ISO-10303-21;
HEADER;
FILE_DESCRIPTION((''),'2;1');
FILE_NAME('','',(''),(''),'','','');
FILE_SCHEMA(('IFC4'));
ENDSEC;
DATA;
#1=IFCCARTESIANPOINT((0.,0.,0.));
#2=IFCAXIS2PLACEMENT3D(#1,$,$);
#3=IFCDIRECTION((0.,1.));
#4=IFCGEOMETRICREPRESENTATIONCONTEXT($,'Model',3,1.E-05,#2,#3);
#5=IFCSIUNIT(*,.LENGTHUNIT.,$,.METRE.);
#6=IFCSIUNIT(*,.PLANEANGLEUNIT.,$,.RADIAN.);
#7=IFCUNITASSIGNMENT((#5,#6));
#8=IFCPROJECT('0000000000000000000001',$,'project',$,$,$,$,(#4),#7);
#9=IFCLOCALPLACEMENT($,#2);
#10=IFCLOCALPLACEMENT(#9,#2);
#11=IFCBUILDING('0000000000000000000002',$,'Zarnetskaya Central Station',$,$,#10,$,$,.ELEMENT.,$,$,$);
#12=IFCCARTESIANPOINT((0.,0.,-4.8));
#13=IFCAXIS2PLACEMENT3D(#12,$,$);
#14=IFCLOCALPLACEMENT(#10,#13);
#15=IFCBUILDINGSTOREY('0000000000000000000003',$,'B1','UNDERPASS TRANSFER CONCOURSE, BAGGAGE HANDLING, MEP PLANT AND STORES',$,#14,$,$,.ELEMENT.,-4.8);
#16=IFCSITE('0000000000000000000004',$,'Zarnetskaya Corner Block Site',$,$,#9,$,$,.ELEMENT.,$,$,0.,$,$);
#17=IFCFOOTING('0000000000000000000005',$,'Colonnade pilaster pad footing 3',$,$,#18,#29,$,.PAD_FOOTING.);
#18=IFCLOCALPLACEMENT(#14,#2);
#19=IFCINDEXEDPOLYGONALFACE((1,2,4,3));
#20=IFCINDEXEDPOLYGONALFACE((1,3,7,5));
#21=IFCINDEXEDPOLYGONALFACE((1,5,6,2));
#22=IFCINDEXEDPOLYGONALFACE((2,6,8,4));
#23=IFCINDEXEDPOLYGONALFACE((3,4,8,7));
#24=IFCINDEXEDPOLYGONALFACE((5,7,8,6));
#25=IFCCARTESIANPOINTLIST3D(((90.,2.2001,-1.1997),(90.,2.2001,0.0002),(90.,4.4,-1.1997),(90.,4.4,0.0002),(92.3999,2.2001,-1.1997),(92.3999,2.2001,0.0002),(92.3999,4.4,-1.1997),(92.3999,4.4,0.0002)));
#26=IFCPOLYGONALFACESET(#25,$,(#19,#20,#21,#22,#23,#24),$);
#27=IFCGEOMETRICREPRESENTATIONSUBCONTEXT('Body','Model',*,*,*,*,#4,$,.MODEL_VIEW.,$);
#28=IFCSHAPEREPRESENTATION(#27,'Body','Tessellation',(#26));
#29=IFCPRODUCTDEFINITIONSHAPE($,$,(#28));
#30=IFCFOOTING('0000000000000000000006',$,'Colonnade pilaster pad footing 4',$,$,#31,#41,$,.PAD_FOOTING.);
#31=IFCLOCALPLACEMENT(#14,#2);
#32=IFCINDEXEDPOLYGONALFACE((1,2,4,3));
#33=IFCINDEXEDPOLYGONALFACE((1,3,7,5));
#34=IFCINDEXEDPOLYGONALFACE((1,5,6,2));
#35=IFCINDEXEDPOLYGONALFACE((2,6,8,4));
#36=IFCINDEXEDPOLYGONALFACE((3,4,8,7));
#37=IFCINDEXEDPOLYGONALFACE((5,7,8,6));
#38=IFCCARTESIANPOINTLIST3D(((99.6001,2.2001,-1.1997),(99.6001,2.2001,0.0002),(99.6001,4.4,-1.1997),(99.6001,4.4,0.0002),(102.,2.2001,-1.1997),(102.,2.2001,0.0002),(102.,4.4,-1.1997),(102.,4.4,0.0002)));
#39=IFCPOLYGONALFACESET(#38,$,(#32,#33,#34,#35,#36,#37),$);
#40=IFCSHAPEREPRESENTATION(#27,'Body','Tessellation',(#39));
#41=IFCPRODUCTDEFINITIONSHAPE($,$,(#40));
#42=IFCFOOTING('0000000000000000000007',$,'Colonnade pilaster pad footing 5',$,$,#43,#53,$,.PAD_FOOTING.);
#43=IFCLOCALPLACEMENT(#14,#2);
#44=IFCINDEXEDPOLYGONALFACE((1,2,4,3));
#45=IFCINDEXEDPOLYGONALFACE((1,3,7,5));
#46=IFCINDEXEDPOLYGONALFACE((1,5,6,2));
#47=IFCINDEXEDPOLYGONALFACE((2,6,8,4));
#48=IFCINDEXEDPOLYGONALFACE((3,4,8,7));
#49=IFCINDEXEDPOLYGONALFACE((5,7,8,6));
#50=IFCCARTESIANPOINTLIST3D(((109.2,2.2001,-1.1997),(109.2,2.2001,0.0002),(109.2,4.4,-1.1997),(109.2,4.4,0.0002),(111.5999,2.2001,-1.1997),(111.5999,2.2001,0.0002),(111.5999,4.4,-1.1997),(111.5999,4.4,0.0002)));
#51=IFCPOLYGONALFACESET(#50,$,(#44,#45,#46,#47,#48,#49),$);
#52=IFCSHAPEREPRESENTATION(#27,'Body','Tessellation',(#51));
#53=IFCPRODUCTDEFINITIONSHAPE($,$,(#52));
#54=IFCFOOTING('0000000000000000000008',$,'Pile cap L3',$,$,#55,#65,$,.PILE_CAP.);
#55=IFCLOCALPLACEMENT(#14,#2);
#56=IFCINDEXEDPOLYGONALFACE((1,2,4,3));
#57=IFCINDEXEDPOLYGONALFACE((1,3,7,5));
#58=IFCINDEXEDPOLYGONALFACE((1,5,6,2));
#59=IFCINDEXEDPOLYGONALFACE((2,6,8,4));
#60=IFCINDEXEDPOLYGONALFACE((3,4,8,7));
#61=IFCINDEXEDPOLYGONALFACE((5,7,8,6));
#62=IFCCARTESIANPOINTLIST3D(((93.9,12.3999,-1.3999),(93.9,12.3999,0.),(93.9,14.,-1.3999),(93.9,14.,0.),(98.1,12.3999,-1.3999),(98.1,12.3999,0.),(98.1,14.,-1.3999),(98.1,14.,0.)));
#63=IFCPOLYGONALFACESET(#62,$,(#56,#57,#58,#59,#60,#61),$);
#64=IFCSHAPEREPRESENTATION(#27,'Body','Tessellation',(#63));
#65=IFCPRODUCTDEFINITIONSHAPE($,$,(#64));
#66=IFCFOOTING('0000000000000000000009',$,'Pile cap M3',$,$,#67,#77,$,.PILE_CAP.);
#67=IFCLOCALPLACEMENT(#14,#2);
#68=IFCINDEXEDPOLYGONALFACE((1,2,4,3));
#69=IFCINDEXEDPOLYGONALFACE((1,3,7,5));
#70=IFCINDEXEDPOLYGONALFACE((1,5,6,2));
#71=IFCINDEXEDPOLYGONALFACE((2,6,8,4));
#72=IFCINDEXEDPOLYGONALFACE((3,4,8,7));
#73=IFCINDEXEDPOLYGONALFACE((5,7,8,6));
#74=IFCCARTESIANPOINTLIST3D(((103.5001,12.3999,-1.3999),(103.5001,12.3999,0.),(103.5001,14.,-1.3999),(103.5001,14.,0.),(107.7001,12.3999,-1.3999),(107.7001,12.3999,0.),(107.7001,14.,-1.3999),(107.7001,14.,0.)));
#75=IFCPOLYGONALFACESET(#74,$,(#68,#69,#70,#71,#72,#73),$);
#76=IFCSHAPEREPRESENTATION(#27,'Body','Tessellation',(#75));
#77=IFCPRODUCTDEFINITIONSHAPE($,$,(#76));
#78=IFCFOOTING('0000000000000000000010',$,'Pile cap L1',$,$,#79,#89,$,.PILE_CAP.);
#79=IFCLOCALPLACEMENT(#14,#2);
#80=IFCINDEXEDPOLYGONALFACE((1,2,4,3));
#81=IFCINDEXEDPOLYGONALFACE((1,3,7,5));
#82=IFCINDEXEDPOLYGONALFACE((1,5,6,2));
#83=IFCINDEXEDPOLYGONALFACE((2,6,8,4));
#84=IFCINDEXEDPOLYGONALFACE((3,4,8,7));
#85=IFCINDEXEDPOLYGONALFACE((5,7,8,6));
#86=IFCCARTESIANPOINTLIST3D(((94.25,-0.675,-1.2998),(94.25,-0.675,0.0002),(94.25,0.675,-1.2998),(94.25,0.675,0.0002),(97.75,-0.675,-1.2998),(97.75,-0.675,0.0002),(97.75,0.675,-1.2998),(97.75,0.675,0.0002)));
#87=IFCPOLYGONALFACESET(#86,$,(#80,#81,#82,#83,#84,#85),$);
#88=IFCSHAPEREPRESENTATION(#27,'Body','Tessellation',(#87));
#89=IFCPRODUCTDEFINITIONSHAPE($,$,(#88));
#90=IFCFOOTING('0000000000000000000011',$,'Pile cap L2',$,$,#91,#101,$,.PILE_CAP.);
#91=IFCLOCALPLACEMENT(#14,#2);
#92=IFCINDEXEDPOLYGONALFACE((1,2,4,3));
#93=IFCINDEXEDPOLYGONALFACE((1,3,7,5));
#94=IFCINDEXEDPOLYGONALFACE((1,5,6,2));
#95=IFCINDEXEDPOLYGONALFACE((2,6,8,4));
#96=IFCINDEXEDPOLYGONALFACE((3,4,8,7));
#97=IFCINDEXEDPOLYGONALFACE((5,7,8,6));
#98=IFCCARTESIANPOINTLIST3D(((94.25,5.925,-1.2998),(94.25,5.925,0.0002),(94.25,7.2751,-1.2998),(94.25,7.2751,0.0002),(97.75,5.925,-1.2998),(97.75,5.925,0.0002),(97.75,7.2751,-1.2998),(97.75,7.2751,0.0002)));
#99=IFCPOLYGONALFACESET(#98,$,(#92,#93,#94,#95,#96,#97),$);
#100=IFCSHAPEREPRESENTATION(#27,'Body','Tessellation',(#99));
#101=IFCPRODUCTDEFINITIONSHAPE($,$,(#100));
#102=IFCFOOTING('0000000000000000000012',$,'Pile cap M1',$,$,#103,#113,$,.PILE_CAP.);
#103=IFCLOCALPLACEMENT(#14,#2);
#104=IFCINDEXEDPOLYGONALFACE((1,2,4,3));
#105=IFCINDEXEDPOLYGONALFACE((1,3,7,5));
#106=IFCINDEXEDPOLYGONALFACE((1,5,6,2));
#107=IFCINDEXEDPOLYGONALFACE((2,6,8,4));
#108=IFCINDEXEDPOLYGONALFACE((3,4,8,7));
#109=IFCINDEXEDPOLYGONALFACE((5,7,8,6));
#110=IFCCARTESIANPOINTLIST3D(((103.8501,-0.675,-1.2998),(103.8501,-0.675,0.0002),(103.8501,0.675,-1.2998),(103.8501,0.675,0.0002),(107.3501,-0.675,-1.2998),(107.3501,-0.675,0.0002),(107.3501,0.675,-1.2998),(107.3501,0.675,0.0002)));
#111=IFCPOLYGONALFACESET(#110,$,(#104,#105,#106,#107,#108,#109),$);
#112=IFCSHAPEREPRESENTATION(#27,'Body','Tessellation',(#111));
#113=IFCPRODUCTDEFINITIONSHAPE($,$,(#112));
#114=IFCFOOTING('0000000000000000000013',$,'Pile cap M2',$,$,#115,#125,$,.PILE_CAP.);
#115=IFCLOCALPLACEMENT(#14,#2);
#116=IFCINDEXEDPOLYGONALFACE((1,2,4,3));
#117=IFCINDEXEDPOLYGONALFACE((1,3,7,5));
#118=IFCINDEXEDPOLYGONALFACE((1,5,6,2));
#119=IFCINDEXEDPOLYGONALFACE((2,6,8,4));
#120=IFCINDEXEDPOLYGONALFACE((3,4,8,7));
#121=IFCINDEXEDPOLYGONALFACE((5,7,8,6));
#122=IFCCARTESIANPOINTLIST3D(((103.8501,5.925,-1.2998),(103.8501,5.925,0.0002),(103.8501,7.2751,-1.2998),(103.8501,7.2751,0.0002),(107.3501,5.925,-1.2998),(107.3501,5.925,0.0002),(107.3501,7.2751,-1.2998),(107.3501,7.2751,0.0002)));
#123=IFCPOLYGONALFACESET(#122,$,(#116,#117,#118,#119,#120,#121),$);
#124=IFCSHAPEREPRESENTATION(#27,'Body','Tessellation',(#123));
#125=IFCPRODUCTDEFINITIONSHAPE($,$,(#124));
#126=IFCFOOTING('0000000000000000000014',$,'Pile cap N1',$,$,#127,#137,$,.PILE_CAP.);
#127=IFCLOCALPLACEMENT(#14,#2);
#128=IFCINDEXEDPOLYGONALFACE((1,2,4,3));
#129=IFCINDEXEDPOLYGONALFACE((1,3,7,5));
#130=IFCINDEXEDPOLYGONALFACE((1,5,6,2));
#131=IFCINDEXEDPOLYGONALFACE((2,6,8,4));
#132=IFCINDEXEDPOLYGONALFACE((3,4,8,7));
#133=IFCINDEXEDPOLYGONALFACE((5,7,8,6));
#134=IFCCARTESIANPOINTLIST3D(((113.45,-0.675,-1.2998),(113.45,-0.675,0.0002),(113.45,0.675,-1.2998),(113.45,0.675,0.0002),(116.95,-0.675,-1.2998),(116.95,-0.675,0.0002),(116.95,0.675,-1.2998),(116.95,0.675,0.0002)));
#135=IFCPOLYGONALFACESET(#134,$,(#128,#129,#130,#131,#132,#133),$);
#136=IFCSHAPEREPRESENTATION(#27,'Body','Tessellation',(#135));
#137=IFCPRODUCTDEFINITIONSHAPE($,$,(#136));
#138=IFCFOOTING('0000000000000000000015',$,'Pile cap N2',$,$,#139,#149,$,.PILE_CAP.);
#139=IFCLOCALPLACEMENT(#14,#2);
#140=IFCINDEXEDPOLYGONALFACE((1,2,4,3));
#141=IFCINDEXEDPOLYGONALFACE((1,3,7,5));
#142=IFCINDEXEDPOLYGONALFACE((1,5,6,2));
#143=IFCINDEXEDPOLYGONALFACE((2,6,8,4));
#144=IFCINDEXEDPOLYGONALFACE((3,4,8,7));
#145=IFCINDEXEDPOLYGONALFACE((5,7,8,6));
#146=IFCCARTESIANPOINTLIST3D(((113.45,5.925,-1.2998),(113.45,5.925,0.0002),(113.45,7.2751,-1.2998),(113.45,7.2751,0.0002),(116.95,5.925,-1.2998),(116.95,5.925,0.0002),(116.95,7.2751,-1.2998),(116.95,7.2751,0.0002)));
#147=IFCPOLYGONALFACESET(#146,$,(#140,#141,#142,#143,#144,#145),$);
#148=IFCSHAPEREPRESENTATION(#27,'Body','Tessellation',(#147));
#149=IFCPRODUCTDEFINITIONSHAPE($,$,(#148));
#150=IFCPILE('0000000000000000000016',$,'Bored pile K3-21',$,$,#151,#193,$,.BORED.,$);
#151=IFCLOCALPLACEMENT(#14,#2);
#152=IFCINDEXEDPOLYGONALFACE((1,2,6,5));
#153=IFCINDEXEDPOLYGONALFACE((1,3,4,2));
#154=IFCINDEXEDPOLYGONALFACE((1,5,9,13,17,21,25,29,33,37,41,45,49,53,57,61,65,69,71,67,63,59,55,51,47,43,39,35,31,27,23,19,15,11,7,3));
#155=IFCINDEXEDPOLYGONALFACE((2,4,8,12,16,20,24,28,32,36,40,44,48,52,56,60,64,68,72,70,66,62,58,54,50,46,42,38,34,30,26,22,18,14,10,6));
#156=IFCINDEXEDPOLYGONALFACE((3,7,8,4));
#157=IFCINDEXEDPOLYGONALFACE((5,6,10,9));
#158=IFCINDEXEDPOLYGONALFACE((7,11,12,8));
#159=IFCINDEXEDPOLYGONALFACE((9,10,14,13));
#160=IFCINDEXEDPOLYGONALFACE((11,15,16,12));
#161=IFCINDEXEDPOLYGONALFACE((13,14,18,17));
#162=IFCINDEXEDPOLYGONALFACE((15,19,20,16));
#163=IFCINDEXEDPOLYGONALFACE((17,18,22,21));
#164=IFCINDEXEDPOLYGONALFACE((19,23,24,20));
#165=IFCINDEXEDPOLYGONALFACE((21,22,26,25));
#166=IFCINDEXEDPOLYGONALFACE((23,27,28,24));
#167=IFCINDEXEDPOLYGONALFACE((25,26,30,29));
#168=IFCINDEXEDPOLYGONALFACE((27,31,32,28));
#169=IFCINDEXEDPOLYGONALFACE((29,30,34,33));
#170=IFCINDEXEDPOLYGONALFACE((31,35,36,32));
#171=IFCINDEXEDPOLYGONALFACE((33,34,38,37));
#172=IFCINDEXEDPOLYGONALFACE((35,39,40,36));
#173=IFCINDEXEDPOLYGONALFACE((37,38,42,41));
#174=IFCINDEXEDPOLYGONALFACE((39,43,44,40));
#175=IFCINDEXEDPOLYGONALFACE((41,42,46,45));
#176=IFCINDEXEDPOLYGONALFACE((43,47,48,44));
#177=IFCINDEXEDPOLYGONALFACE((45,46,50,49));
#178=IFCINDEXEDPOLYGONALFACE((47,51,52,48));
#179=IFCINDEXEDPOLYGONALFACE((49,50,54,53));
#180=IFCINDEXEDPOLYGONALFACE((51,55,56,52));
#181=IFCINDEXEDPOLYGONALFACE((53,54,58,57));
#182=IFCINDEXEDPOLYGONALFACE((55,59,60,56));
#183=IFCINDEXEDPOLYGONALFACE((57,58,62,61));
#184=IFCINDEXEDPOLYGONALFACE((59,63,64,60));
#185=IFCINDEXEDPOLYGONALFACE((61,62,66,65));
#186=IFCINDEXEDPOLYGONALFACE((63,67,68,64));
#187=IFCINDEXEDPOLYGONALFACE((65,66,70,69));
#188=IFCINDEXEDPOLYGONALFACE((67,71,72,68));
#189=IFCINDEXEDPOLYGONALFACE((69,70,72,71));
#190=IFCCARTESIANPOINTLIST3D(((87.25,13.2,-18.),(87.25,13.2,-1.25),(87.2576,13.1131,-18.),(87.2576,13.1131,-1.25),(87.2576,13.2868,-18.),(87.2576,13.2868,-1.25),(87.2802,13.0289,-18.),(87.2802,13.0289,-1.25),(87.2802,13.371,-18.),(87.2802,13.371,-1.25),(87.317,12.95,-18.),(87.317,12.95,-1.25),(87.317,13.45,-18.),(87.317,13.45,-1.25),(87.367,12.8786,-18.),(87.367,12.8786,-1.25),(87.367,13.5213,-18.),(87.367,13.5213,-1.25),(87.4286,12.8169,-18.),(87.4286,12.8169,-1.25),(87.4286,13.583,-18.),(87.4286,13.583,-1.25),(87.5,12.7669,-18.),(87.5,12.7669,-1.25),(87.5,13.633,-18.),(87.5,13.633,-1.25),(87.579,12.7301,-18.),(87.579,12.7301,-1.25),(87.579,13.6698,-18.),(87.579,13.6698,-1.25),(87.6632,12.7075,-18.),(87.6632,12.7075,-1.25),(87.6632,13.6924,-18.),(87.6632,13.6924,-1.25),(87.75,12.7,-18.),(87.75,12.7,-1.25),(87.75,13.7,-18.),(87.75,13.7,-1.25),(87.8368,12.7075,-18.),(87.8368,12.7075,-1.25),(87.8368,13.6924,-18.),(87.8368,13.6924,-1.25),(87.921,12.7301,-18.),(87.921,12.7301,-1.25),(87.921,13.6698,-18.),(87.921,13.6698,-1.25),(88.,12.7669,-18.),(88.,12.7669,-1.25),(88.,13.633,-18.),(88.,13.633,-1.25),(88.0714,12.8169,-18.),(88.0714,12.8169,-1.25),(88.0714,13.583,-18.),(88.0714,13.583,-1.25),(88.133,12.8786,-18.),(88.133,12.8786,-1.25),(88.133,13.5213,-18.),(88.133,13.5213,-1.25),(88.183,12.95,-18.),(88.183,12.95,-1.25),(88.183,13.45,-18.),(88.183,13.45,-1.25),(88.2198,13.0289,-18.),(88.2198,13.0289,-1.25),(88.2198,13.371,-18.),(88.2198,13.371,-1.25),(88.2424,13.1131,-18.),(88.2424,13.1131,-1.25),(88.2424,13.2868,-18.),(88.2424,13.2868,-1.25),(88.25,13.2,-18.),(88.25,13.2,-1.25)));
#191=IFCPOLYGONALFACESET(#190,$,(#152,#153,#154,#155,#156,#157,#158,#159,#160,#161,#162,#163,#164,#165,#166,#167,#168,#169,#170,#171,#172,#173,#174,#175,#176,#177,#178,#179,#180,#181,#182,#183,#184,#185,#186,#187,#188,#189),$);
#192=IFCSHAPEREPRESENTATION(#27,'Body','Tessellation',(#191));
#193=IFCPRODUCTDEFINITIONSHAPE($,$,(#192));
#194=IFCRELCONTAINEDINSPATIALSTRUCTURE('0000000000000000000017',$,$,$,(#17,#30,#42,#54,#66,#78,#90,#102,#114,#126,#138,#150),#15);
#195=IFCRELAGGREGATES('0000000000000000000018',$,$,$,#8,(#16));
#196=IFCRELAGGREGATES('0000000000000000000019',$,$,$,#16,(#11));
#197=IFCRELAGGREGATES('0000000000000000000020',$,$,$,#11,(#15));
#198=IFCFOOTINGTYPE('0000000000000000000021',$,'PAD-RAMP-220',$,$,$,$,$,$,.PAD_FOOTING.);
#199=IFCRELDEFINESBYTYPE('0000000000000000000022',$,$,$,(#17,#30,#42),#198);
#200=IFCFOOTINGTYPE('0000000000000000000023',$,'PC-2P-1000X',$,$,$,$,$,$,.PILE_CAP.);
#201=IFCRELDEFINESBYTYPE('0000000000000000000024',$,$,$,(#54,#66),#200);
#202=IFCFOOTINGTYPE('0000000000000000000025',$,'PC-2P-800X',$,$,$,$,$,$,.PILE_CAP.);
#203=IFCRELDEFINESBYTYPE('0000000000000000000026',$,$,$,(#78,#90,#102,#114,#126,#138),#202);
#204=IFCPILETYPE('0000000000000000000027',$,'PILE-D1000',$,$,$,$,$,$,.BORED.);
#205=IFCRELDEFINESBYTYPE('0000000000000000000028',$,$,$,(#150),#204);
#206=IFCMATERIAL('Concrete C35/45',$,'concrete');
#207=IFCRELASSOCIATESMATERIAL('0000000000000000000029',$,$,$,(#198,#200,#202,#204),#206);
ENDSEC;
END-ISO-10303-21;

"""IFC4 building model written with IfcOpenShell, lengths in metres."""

from ifc_helpers import new_model, si_unit, direction, frame, origin, origin_2d, place, context, subcontext, project, spatial, rectangle, circle, extrude, material, material_profile, profile_set, type_object, element, save


model = new_model("IFC4")

# Units and contexts
model_context = context("Model", 3, precision=1e-05, world=origin(), true_north=direction((0.0, 1.0)))
body_context = subcontext(model_context, "Body", "Model", "MODEL_VIEW")
ifc_project = project(units=[si_unit("LENGTHUNIT", "METRE"), si_unit("PLANEANGLEUNIT", "RADIAN")], contexts=[model_context])

# Site, building, storey
site_placement = place(None, origin())
site = spatial("IfcSite", under=ifc_project, at=site_placement, Name="Zarnetskaya Corner Block Site", CompositionType="ELEMENT", RefElevation=0.0)
building_placement = place(site_placement, origin())
building = spatial("IfcBuilding", under=site, at=building_placement, Name="Zarnetskaya Central Station", CompositionType="ELEMENT")
storey_placement = place(building_placement, frame((0.0, 0.0, -4.8)))
storey = spatial("IfcBuildingStorey", under=building, at=storey_placement, Name="B1", Description="UNDERPASS TRANSFER CONCOURSE, BAGGAGE HANDLING, MEP PLANT AND STORES", CompositionType="ELEMENT", Elevation=-4.8)

# Footings
ifc_material_1 = material(Name="Concrete C35/45", Category="concrete")
footing_type_1 = type_object("IfcFootingType", Name="PAD-RAMP-220", PredefinedType="PAD_FOOTING", material=ifc_material_1)
for number, where, z_axis, x_axis, name in (
    (1, (91.2, 3.3, -1.1997), (0.0, 0.0, 1.0), (1.0, 0.0, 0.0), "Colonnade pilaster pad footing 3"),
    (2, (100.8, 3.3, -1.1997), (0.0, 0.0, 1.0), (1.0, 0.0, 0.0), "Colonnade pilaster pad footing 4"),
    (3, (110.3999, 3.3, -1.1997), (0.0, 0.0, 1.0), (1.0, 0.0, 0.0), "Colonnade pilaster pad footing 5"),
):
    element("IfcFooting", number, at=place(storey_placement, frame(where, z_axis=z_axis, x_axis=x_axis)), inside=storey, type_object=footing_type_1, Name=name, PredefinedType="PAD_FOOTING", context=body_context, shape_type="SweptSolid", body=[
        extrude(rectangle(XDim=2.3999, YDim=2.2, at=origin_2d()), origin(), (0.0, 0.0, 1.0), 1.2),
    ])
footing_type_2 = type_object("IfcFootingType", Name="PC-2P-1000X", PredefinedType="PILE_CAP", material=ifc_material_1)
for number, where, z_axis, x_axis, name in (
    (4, (96.0, 13.2, -1.3999), (0.0, 0.0, 1.0), (1.0, 0.0, 0.0), "Pile cap L3"),
    (5, (105.6001, 13.2, -1.3999), (0.0, 0.0, 1.0), (1.0, 0.0, 0.0), "Pile cap M3"),
):
    element("IfcFooting", number, at=place(storey_placement, frame(where, z_axis=z_axis, x_axis=x_axis)), inside=storey, type_object=footing_type_2, Name=name, PredefinedType="PILE_CAP", context=body_context, shape_type="SweptSolid", body=[
        extrude(rectangle(XDim=4.2, YDim=1.6001, at=origin_2d()), origin(), (0.0, 0.0, 1.0), 1.3999),
    ])
footing_type_3 = type_object("IfcFootingType", Name="PC-2P-800X", PredefinedType="PILE_CAP", material=ifc_material_1)
for number, where, z_axis, x_axis, name in (
    (6, (96.0, 0.0, -1.2998), (0.0, 0.0, 1.0), (1.0, 0.0, 0.0), "Pile cap L1"),
    (7, (96.0, 6.6001, -1.2998), (0.0, 0.0, 1.0), (1.0, 0.0, 0.0), "Pile cap L2"),
    (8, (105.6001, 0.0, -1.2998), (0.0, 0.0, 1.0), (1.0, 0.0, 0.0), "Pile cap M1"),
    (9, (105.6001, 6.6001, -1.2998), (0.0, 0.0, 1.0), (1.0, 0.0, 0.0), "Pile cap M2"),
    (10, (115.2, 0.0, -1.2998), (0.0, 0.0, 1.0), (1.0, 0.0, 0.0), "Pile cap N1"),
    (11, (115.2, 6.6001, -1.2998), (0.0, 0.0, 1.0), (1.0, 0.0, 0.0), "Pile cap N2"),
):
    element("IfcFooting", number, at=place(storey_placement, frame(where, z_axis=z_axis, x_axis=x_axis)), inside=storey, type_object=footing_type_3, Name=name, PredefinedType="PILE_CAP", context=body_context, shape_type="SweptSolid", body=[
        extrude(rectangle(XDim=3.5, YDim=1.3501, at=origin_2d()), origin(), (0.0, 0.0, 1.0), 1.3),
    ])

# Pile
ifc_material_profile_1 = material_profile(ifc_material_1, circle(Radius=0.5, at=origin_2d()), Name="BORED PILE D1000")
ifc_profile_set_1 = profile_set([ifc_material_profile_1], Name="Concrete C35/45")
pile_type_1 = type_object("IfcPileType", Name="PILE-D1000", PredefinedType="BORED", material=ifc_profile_set_1)
for number, where, z_axis, x_axis, name in (
    (12, (87.75, 13.2, -1.25), (0.0, 0.0, -1.0), (1.0, 0.0, 0.0), "Bored pile K3-21"),
):
    element("IfcPile", number, at=place(storey_placement, frame(where, z_axis=z_axis, x_axis=x_axis)), inside=storey, type_object=pile_type_1, Name=name, PredefinedType="BORED", context=body_context, shape_type="SweptSolid", body=[
        extrude(circle(Radius=0.5, at=origin_2d()), origin(), (0.0, 0.0, 1.0), 16.75),
    ])

save(model, "model.ifc")
